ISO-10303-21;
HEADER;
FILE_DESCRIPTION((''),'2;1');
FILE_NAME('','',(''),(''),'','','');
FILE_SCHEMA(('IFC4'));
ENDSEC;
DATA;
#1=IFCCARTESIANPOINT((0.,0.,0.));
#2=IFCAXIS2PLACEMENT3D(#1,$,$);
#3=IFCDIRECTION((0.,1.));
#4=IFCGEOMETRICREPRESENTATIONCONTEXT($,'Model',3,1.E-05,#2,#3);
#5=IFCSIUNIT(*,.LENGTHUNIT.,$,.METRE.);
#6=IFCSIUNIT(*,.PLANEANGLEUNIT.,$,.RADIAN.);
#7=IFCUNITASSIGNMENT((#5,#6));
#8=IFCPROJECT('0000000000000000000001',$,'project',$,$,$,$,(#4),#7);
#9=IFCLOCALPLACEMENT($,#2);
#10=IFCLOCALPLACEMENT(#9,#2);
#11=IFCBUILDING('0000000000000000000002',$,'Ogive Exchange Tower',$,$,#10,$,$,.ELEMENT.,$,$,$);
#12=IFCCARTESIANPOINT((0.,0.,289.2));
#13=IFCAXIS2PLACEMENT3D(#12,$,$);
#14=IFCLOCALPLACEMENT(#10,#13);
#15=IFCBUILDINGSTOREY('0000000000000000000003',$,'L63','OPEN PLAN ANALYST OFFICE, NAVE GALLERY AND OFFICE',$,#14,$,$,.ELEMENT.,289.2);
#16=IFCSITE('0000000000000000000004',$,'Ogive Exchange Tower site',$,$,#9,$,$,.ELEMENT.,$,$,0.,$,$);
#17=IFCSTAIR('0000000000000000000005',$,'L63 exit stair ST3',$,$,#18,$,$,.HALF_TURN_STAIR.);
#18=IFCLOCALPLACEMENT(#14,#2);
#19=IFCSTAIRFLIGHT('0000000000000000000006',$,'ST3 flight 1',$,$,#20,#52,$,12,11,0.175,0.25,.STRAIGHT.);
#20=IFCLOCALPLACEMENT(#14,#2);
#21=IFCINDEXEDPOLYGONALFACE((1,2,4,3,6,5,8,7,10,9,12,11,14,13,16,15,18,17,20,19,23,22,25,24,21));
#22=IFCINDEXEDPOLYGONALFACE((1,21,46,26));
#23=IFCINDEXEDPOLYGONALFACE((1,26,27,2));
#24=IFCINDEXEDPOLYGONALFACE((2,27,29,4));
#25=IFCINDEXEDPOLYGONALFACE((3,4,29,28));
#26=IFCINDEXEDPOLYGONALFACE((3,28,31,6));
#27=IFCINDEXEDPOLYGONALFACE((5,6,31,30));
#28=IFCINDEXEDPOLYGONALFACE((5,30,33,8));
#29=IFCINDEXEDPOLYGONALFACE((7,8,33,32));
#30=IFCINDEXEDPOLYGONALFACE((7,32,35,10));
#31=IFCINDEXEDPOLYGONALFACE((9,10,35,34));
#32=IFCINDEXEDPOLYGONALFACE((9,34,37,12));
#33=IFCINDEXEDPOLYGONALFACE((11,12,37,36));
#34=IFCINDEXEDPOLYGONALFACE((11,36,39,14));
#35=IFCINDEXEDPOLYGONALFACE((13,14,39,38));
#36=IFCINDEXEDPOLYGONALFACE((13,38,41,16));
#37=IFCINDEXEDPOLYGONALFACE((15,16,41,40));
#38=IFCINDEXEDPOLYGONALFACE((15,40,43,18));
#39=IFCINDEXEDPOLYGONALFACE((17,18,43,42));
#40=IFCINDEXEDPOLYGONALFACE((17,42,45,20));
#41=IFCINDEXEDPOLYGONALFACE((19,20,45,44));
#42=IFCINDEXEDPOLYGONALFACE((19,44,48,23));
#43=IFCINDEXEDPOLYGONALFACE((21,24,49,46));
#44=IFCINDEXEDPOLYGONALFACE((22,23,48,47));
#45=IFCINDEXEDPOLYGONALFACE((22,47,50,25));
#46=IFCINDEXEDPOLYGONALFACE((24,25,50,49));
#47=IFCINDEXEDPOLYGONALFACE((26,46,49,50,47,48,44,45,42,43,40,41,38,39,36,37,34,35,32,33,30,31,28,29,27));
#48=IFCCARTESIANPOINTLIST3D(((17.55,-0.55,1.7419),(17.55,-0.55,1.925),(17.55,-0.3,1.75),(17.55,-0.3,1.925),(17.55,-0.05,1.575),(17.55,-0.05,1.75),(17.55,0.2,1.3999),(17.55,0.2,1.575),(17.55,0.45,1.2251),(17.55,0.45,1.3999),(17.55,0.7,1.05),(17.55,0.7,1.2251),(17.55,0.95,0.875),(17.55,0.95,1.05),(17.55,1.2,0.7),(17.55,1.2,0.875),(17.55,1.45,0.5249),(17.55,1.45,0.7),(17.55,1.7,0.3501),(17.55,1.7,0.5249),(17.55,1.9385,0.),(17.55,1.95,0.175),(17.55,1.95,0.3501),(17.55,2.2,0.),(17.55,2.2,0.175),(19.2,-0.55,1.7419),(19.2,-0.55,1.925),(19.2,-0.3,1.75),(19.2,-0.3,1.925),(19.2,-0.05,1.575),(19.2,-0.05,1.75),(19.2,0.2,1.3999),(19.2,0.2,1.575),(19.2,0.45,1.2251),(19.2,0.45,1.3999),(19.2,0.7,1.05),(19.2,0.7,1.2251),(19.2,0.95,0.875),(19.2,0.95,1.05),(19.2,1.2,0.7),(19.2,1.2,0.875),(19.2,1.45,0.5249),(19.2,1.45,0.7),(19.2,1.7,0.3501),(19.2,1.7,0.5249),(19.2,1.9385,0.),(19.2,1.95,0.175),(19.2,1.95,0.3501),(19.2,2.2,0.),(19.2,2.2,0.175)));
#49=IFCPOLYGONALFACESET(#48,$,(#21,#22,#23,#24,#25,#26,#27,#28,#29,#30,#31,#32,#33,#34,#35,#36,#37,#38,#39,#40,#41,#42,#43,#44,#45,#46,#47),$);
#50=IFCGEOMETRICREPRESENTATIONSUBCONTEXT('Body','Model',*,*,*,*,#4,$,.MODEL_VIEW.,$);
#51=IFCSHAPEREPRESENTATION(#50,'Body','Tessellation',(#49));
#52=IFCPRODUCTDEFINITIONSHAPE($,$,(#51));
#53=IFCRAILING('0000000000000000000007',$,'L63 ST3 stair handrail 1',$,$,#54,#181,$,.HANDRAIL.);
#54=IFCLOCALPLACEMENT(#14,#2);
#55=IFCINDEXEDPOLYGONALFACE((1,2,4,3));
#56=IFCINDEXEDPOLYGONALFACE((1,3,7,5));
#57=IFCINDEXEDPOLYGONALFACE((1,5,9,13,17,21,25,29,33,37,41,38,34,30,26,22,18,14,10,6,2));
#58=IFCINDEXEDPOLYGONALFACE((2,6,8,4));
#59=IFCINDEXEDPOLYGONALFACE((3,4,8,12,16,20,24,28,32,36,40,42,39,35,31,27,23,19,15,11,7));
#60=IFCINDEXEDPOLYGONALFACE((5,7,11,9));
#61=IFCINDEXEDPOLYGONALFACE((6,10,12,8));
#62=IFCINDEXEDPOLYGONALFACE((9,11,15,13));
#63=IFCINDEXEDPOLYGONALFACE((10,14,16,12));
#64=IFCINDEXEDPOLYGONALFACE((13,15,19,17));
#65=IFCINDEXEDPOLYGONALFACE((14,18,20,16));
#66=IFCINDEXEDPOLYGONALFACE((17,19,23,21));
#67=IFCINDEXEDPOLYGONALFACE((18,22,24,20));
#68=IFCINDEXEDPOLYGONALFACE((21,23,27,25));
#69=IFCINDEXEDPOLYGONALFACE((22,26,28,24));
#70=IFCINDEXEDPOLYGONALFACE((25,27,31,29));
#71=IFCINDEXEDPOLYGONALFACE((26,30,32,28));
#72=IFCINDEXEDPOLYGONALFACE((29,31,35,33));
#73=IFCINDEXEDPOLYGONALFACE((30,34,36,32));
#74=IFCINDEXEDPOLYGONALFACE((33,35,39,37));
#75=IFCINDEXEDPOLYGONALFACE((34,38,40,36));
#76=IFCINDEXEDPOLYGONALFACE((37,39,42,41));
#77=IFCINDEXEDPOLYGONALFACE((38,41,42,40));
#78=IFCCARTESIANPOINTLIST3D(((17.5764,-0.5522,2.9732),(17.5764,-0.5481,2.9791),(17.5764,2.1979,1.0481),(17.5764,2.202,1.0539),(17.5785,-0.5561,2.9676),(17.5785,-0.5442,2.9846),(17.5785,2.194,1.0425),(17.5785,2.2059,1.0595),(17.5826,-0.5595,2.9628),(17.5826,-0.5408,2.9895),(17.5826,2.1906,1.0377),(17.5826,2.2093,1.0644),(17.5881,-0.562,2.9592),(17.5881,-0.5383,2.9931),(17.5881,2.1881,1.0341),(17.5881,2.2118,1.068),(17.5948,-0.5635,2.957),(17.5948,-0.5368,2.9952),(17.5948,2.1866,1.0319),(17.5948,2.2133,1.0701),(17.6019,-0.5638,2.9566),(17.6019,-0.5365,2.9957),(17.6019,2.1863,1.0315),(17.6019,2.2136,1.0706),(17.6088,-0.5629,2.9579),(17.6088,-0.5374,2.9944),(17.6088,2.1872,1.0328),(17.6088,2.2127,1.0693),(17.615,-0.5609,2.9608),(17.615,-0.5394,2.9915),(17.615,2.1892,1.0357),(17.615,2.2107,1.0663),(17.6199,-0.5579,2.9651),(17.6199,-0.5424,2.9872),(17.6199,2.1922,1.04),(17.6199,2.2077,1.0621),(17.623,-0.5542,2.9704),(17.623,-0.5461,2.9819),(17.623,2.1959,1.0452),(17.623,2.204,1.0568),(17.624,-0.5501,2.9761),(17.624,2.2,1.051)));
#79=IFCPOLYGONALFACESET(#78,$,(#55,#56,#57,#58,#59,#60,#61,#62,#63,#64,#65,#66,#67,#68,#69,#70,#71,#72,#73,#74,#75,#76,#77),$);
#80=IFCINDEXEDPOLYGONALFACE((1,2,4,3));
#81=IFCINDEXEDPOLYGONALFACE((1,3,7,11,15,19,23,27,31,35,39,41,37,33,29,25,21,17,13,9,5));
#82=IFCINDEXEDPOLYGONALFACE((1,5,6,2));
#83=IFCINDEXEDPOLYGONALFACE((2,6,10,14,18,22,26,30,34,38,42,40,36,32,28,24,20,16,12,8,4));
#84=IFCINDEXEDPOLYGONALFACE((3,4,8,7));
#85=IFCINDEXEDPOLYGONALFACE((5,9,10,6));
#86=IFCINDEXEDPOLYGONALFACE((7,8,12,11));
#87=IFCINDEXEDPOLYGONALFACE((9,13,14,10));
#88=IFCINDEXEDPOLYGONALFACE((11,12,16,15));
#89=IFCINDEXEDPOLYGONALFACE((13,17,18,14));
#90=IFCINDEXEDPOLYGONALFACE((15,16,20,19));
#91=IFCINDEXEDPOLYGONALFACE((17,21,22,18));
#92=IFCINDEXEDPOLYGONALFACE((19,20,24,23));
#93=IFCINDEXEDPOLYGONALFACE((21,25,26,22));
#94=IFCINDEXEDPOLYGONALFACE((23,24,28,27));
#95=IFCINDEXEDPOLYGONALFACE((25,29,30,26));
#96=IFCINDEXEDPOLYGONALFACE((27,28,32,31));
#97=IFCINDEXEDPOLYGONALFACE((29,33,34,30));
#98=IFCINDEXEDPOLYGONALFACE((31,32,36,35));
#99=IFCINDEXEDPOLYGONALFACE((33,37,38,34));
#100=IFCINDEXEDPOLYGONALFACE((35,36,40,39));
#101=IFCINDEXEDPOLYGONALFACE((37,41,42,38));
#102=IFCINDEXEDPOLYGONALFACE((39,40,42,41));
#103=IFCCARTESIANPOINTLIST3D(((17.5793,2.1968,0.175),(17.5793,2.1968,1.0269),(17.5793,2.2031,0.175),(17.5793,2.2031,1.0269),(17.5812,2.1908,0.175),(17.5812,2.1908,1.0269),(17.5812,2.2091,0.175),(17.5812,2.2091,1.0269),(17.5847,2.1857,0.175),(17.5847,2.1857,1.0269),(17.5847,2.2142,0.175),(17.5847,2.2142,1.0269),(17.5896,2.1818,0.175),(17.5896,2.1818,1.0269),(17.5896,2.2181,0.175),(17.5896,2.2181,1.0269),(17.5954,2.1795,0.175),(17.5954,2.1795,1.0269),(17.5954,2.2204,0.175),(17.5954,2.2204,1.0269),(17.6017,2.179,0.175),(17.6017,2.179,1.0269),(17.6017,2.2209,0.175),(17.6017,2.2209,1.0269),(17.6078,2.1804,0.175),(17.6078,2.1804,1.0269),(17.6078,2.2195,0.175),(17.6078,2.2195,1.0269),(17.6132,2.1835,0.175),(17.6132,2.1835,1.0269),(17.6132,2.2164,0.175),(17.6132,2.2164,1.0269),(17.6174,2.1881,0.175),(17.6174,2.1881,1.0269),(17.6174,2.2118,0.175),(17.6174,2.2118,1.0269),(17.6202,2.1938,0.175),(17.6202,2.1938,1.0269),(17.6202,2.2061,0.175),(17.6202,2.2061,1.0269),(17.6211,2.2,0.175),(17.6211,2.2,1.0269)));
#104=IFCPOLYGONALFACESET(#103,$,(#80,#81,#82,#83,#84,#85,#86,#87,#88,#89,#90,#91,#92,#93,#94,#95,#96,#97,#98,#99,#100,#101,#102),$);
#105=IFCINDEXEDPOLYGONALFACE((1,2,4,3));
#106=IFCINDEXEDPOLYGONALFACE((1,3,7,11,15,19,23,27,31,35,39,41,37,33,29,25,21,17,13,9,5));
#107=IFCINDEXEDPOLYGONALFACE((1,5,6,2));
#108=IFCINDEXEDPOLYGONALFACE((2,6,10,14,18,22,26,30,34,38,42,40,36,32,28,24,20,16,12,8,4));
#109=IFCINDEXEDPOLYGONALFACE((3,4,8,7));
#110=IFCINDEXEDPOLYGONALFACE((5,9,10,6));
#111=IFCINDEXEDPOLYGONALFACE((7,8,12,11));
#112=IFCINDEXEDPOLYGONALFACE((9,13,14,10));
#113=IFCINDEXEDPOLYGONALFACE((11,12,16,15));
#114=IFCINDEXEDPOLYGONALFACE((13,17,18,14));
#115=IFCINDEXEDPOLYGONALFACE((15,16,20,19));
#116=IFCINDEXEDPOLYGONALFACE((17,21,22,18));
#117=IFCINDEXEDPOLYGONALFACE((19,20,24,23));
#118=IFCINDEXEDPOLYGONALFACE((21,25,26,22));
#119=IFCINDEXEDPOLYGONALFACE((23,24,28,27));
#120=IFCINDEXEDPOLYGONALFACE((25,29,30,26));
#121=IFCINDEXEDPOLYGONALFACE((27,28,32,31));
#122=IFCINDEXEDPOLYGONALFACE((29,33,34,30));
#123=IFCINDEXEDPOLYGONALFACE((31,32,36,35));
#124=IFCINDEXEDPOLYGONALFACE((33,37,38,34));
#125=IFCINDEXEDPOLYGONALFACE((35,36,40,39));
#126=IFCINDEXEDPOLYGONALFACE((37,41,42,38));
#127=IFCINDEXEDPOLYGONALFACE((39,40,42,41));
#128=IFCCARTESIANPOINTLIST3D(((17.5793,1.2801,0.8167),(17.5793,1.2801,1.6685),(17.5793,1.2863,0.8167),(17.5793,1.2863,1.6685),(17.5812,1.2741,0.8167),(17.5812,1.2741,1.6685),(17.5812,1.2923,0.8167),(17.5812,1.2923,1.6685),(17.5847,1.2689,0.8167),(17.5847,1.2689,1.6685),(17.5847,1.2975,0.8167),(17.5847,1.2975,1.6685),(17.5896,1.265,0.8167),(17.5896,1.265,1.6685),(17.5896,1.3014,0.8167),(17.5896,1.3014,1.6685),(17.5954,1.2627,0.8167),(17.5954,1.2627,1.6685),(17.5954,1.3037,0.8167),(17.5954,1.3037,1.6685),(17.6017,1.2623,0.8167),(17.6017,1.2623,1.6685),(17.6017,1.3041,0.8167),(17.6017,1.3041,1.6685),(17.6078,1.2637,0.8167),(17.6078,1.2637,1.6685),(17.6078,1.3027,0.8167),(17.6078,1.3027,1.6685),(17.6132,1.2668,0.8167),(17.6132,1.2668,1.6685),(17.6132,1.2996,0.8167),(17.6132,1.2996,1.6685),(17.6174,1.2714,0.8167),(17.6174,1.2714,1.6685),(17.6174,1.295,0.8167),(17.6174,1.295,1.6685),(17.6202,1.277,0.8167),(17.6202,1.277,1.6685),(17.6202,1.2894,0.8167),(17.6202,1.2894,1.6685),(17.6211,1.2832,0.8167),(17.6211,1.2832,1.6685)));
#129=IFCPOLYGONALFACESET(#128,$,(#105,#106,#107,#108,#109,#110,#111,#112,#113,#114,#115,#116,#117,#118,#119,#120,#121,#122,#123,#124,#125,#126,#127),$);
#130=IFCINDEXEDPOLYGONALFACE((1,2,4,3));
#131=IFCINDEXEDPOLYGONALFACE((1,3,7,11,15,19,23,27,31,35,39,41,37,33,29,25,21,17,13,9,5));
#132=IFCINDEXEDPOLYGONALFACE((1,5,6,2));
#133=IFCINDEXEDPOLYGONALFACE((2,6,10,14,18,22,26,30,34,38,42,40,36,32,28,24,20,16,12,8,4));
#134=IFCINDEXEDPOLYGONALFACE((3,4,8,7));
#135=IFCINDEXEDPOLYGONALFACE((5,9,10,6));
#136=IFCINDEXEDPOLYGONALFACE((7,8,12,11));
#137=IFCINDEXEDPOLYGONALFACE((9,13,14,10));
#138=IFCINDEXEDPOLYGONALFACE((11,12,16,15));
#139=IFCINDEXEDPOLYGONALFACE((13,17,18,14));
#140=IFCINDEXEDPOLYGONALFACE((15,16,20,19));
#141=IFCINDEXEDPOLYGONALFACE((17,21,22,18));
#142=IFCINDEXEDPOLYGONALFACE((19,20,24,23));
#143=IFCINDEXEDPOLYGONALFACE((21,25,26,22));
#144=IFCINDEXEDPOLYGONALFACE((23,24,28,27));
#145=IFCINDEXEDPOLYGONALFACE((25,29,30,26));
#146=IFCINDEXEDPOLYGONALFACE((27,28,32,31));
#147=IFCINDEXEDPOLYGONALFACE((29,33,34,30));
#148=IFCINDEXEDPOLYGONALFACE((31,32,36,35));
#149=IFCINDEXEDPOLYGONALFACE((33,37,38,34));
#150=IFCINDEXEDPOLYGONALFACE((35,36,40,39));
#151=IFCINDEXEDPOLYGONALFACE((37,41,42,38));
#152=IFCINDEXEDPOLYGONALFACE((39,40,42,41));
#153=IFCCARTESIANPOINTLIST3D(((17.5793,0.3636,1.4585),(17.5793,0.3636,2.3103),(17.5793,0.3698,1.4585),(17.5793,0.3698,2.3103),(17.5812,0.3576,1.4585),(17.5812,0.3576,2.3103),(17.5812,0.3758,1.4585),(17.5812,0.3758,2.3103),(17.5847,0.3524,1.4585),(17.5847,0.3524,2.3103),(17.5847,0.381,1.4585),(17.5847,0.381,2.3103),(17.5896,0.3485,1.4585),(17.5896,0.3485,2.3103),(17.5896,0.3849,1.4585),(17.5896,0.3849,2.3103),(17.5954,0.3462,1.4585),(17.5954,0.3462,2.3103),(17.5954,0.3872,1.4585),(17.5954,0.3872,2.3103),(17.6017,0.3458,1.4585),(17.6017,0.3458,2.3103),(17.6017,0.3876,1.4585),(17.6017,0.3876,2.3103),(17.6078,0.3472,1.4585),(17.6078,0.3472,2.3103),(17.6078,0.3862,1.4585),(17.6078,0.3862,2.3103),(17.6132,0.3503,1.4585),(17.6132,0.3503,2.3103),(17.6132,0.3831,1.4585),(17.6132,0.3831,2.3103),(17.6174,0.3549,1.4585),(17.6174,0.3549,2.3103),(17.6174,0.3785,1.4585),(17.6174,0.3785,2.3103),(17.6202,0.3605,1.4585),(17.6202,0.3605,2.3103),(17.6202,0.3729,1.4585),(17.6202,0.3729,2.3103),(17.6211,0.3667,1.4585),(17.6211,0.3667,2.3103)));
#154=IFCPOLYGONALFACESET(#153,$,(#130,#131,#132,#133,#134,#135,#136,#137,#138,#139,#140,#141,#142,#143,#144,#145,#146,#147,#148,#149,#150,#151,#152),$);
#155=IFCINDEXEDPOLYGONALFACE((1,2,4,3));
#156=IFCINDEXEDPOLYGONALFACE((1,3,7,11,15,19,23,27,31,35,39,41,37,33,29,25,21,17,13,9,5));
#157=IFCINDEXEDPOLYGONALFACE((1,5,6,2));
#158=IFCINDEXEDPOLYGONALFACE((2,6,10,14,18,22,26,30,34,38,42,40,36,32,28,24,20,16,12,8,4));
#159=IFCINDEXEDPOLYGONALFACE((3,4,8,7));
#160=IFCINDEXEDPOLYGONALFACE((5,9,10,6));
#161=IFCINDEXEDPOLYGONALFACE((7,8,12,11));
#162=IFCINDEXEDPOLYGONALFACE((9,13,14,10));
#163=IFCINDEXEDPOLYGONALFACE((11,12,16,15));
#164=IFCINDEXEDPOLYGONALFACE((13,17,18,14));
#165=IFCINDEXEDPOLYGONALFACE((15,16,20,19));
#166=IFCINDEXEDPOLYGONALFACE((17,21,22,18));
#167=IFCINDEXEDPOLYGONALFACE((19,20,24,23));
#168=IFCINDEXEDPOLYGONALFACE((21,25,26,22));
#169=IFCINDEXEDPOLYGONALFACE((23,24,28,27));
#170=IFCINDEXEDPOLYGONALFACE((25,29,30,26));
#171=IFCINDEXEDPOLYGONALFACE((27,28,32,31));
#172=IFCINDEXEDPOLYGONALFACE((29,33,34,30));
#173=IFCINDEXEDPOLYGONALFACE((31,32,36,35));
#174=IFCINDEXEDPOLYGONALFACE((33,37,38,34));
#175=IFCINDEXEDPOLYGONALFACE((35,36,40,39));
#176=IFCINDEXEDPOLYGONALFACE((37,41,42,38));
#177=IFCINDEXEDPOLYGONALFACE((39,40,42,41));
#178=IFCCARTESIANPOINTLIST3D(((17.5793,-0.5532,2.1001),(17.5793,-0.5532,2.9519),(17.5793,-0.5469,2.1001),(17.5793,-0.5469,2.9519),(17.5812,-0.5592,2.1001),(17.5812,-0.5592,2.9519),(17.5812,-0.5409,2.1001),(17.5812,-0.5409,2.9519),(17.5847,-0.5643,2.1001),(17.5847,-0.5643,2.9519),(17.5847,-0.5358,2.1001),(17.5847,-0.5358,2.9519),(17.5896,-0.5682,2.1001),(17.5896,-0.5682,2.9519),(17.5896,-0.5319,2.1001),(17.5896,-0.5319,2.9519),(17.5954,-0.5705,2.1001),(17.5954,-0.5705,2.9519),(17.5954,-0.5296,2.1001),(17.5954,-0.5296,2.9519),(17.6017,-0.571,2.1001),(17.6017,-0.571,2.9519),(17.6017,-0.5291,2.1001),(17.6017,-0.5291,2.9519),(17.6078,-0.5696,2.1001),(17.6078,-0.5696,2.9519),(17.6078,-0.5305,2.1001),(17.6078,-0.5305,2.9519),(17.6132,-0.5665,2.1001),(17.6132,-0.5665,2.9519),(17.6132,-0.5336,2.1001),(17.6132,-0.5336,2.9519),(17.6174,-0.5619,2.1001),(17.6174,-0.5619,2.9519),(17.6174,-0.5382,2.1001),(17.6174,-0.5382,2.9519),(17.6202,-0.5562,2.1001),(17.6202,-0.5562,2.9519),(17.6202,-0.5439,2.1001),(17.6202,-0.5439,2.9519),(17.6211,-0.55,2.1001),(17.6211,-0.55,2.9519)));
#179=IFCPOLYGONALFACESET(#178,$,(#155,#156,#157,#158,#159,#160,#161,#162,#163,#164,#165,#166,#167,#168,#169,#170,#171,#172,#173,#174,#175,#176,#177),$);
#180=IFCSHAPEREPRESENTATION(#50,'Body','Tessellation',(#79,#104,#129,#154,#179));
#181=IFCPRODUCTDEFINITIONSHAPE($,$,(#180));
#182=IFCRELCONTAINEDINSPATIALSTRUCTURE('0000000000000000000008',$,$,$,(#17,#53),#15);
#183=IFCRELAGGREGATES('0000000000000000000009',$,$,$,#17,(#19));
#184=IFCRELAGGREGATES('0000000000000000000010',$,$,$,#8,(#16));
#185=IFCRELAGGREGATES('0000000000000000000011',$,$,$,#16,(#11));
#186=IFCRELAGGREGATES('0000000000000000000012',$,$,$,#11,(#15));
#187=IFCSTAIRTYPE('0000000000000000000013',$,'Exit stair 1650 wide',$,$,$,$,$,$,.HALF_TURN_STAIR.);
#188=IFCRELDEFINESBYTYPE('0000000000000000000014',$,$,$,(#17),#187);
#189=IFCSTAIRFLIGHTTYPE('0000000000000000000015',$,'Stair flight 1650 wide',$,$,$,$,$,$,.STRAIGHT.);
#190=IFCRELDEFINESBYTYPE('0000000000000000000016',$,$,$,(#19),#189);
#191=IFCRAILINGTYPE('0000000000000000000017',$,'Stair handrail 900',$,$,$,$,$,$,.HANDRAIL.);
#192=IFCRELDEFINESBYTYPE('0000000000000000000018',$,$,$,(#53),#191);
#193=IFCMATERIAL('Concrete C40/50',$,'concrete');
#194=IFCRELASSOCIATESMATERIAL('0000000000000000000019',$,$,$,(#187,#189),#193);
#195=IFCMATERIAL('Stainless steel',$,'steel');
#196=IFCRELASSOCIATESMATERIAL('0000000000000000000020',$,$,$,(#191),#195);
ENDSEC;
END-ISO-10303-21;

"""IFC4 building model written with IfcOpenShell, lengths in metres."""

from ifc_helpers import new_model, si_unit, direction, frame, origin, origin_2d, place, context, subcontext, project, spatial, polyline, circle, outline, extrude, material, type_object, element, aggregate, save


model = new_model("IFC4")

# Units and contexts
model_context = context("Model", 3, precision=1e-05, world=origin(), true_north=direction((0.0, 1.0)))
body_context = subcontext(model_context, "Body", "Model", "MODEL_VIEW")
ifc_project = project(units=[si_unit("LENGTHUNIT", "METRE"), si_unit("PLANEANGLEUNIT", "RADIAN")], contexts=[model_context])

# Site, building, storey
site_placement = place(None, origin())
site = spatial("IfcSite", under=ifc_project, at=site_placement, Name="Ogive Exchange Tower site", CompositionType="ELEMENT", RefElevation=0.0)
building_placement = place(site_placement, origin())
building = spatial("IfcBuilding", under=site, at=building_placement, Name="Ogive Exchange Tower", CompositionType="ELEMENT")
storey_placement = place(building_placement, frame((0.0, 0.0, 289.2)))
storey = spatial("IfcBuildingStorey", under=building, at=storey_placement, Name="L63", Description="OPEN PLAN ANALYST OFFICE, NAVE GALLERY AND OFFICE", CompositionType="ELEMENT", Elevation=289.2)

# Shared definitions
ifc_material_1 = material(Name="Stainless steel", Category="steel")

# Stair, stair flight
ifc_material_2 = material(Name="Concrete C40/50", Category="concrete")
stair_type = type_object("IfcStairType", Name="Exit stair 1650 wide", PredefinedType="HALF_TURN_STAIR", material=ifc_material_2)
stair_placement = place(storey_placement, origin())
stair = element("IfcStair", 1, at=stair_placement, inside=storey, type_object=stair_type, Name="L63 exit stair ST3", PredefinedType="HALF_TURN_STAIR")
stair_flight_type = type_object("IfcStairFlightType", Name="Stair flight 1650 wide", PredefinedType="STRAIGHT", material=ifc_material_2)
stair_flight_placement = place(storey_placement, frame((18.375, 2.2, 0.0), z_axis=(0.0, 0.0, 1.0), x_axis=(0.0, -1.0, 0.0)))
stair_flight = element("IfcStairFlight", 2, at=stair_flight_placement, type_object=stair_flight_type, Name="ST3 flight 1", NumberOfRisers=12, NumberOfTreads=11, PredefinedType="STRAIGHT", RiserHeight=0.175, TreadLength=0.25, context=body_context, shape_type="SweptSolid", body=[
    extrude(outline(polyline([(0.0, 0.0), (0.0, 0.175), (0.25, 0.175), (0.25, 0.3501), (0.5, 0.3501), (0.5, 0.5249), (0.75, 0.5249), (0.75, 0.7), (1.0, 0.7), (1.0, 0.875), (1.25, 0.875), (1.25, 1.05), (1.5, 1.05), (1.5, 1.2251), (1.75, 1.2251), (1.75, 1.3999), (2.0, 1.3999), (2.0, 1.575), (2.25, 1.575), (2.25, 1.75), (2.5, 1.75), (2.5, 1.925), (2.75, 1.925), (2.75, 2.1001), (2.75, 1.7419), (0.2615, 0.0), (0.0, 0.0)])), frame((0.0, 0.825, 0.0), z_axis=(0.0, -1.0, 0.0), x_axis=(1.0, 0.0, 0.0)), (0.0, 0.0, 1.0), 1.6499),
])
aggregate(stair, [stair_flight])

# Railing
railing_type = type_object("IfcRailingType", Name="Stair handrail 900", PredefinedType="HANDRAIL", material=ifc_material_1)
railing_placement = place(storey_placement, frame((17.6001, 2.2, 0.175)))
element("IfcRailing", 3, at=railing_placement, inside=storey, type_object=railing_type, Name="L63 ST3 stair handrail 1", PredefinedType="HANDRAIL", context=body_context, shape_type="SweptSolid", body=[
    extrude(circle(Radius=0.0239, at=origin_2d()), frame((0.0, 0.0, 0.876), z_axis=(0.0, -0.819225, 0.573472), x_axis=(1.0, 0.0, 0.0)), (0.0, 0.0, 1.0), 3.3569),
    extrude(circle(Radius=0.021, at=origin_2d()), origin(), (0.0, 0.0, 1.0), 0.8518),
    extrude(circle(Radius=0.021, at=origin_2d()), frame((0.0, -0.9167, 0.6416)), (0.0, 0.0, 1.0), 0.8518),
    extrude(circle(Radius=0.021, at=origin_2d()), frame((0.0, -1.8333, 1.2834)), (0.0, 0.0, 1.0), 0.8518),
    extrude(circle(Radius=0.021, at=origin_2d()), frame((0.0, -2.75, 1.925)), (0.0, 0.0, 1.0), 0.8518),
])

save(model, "model.ifc")
